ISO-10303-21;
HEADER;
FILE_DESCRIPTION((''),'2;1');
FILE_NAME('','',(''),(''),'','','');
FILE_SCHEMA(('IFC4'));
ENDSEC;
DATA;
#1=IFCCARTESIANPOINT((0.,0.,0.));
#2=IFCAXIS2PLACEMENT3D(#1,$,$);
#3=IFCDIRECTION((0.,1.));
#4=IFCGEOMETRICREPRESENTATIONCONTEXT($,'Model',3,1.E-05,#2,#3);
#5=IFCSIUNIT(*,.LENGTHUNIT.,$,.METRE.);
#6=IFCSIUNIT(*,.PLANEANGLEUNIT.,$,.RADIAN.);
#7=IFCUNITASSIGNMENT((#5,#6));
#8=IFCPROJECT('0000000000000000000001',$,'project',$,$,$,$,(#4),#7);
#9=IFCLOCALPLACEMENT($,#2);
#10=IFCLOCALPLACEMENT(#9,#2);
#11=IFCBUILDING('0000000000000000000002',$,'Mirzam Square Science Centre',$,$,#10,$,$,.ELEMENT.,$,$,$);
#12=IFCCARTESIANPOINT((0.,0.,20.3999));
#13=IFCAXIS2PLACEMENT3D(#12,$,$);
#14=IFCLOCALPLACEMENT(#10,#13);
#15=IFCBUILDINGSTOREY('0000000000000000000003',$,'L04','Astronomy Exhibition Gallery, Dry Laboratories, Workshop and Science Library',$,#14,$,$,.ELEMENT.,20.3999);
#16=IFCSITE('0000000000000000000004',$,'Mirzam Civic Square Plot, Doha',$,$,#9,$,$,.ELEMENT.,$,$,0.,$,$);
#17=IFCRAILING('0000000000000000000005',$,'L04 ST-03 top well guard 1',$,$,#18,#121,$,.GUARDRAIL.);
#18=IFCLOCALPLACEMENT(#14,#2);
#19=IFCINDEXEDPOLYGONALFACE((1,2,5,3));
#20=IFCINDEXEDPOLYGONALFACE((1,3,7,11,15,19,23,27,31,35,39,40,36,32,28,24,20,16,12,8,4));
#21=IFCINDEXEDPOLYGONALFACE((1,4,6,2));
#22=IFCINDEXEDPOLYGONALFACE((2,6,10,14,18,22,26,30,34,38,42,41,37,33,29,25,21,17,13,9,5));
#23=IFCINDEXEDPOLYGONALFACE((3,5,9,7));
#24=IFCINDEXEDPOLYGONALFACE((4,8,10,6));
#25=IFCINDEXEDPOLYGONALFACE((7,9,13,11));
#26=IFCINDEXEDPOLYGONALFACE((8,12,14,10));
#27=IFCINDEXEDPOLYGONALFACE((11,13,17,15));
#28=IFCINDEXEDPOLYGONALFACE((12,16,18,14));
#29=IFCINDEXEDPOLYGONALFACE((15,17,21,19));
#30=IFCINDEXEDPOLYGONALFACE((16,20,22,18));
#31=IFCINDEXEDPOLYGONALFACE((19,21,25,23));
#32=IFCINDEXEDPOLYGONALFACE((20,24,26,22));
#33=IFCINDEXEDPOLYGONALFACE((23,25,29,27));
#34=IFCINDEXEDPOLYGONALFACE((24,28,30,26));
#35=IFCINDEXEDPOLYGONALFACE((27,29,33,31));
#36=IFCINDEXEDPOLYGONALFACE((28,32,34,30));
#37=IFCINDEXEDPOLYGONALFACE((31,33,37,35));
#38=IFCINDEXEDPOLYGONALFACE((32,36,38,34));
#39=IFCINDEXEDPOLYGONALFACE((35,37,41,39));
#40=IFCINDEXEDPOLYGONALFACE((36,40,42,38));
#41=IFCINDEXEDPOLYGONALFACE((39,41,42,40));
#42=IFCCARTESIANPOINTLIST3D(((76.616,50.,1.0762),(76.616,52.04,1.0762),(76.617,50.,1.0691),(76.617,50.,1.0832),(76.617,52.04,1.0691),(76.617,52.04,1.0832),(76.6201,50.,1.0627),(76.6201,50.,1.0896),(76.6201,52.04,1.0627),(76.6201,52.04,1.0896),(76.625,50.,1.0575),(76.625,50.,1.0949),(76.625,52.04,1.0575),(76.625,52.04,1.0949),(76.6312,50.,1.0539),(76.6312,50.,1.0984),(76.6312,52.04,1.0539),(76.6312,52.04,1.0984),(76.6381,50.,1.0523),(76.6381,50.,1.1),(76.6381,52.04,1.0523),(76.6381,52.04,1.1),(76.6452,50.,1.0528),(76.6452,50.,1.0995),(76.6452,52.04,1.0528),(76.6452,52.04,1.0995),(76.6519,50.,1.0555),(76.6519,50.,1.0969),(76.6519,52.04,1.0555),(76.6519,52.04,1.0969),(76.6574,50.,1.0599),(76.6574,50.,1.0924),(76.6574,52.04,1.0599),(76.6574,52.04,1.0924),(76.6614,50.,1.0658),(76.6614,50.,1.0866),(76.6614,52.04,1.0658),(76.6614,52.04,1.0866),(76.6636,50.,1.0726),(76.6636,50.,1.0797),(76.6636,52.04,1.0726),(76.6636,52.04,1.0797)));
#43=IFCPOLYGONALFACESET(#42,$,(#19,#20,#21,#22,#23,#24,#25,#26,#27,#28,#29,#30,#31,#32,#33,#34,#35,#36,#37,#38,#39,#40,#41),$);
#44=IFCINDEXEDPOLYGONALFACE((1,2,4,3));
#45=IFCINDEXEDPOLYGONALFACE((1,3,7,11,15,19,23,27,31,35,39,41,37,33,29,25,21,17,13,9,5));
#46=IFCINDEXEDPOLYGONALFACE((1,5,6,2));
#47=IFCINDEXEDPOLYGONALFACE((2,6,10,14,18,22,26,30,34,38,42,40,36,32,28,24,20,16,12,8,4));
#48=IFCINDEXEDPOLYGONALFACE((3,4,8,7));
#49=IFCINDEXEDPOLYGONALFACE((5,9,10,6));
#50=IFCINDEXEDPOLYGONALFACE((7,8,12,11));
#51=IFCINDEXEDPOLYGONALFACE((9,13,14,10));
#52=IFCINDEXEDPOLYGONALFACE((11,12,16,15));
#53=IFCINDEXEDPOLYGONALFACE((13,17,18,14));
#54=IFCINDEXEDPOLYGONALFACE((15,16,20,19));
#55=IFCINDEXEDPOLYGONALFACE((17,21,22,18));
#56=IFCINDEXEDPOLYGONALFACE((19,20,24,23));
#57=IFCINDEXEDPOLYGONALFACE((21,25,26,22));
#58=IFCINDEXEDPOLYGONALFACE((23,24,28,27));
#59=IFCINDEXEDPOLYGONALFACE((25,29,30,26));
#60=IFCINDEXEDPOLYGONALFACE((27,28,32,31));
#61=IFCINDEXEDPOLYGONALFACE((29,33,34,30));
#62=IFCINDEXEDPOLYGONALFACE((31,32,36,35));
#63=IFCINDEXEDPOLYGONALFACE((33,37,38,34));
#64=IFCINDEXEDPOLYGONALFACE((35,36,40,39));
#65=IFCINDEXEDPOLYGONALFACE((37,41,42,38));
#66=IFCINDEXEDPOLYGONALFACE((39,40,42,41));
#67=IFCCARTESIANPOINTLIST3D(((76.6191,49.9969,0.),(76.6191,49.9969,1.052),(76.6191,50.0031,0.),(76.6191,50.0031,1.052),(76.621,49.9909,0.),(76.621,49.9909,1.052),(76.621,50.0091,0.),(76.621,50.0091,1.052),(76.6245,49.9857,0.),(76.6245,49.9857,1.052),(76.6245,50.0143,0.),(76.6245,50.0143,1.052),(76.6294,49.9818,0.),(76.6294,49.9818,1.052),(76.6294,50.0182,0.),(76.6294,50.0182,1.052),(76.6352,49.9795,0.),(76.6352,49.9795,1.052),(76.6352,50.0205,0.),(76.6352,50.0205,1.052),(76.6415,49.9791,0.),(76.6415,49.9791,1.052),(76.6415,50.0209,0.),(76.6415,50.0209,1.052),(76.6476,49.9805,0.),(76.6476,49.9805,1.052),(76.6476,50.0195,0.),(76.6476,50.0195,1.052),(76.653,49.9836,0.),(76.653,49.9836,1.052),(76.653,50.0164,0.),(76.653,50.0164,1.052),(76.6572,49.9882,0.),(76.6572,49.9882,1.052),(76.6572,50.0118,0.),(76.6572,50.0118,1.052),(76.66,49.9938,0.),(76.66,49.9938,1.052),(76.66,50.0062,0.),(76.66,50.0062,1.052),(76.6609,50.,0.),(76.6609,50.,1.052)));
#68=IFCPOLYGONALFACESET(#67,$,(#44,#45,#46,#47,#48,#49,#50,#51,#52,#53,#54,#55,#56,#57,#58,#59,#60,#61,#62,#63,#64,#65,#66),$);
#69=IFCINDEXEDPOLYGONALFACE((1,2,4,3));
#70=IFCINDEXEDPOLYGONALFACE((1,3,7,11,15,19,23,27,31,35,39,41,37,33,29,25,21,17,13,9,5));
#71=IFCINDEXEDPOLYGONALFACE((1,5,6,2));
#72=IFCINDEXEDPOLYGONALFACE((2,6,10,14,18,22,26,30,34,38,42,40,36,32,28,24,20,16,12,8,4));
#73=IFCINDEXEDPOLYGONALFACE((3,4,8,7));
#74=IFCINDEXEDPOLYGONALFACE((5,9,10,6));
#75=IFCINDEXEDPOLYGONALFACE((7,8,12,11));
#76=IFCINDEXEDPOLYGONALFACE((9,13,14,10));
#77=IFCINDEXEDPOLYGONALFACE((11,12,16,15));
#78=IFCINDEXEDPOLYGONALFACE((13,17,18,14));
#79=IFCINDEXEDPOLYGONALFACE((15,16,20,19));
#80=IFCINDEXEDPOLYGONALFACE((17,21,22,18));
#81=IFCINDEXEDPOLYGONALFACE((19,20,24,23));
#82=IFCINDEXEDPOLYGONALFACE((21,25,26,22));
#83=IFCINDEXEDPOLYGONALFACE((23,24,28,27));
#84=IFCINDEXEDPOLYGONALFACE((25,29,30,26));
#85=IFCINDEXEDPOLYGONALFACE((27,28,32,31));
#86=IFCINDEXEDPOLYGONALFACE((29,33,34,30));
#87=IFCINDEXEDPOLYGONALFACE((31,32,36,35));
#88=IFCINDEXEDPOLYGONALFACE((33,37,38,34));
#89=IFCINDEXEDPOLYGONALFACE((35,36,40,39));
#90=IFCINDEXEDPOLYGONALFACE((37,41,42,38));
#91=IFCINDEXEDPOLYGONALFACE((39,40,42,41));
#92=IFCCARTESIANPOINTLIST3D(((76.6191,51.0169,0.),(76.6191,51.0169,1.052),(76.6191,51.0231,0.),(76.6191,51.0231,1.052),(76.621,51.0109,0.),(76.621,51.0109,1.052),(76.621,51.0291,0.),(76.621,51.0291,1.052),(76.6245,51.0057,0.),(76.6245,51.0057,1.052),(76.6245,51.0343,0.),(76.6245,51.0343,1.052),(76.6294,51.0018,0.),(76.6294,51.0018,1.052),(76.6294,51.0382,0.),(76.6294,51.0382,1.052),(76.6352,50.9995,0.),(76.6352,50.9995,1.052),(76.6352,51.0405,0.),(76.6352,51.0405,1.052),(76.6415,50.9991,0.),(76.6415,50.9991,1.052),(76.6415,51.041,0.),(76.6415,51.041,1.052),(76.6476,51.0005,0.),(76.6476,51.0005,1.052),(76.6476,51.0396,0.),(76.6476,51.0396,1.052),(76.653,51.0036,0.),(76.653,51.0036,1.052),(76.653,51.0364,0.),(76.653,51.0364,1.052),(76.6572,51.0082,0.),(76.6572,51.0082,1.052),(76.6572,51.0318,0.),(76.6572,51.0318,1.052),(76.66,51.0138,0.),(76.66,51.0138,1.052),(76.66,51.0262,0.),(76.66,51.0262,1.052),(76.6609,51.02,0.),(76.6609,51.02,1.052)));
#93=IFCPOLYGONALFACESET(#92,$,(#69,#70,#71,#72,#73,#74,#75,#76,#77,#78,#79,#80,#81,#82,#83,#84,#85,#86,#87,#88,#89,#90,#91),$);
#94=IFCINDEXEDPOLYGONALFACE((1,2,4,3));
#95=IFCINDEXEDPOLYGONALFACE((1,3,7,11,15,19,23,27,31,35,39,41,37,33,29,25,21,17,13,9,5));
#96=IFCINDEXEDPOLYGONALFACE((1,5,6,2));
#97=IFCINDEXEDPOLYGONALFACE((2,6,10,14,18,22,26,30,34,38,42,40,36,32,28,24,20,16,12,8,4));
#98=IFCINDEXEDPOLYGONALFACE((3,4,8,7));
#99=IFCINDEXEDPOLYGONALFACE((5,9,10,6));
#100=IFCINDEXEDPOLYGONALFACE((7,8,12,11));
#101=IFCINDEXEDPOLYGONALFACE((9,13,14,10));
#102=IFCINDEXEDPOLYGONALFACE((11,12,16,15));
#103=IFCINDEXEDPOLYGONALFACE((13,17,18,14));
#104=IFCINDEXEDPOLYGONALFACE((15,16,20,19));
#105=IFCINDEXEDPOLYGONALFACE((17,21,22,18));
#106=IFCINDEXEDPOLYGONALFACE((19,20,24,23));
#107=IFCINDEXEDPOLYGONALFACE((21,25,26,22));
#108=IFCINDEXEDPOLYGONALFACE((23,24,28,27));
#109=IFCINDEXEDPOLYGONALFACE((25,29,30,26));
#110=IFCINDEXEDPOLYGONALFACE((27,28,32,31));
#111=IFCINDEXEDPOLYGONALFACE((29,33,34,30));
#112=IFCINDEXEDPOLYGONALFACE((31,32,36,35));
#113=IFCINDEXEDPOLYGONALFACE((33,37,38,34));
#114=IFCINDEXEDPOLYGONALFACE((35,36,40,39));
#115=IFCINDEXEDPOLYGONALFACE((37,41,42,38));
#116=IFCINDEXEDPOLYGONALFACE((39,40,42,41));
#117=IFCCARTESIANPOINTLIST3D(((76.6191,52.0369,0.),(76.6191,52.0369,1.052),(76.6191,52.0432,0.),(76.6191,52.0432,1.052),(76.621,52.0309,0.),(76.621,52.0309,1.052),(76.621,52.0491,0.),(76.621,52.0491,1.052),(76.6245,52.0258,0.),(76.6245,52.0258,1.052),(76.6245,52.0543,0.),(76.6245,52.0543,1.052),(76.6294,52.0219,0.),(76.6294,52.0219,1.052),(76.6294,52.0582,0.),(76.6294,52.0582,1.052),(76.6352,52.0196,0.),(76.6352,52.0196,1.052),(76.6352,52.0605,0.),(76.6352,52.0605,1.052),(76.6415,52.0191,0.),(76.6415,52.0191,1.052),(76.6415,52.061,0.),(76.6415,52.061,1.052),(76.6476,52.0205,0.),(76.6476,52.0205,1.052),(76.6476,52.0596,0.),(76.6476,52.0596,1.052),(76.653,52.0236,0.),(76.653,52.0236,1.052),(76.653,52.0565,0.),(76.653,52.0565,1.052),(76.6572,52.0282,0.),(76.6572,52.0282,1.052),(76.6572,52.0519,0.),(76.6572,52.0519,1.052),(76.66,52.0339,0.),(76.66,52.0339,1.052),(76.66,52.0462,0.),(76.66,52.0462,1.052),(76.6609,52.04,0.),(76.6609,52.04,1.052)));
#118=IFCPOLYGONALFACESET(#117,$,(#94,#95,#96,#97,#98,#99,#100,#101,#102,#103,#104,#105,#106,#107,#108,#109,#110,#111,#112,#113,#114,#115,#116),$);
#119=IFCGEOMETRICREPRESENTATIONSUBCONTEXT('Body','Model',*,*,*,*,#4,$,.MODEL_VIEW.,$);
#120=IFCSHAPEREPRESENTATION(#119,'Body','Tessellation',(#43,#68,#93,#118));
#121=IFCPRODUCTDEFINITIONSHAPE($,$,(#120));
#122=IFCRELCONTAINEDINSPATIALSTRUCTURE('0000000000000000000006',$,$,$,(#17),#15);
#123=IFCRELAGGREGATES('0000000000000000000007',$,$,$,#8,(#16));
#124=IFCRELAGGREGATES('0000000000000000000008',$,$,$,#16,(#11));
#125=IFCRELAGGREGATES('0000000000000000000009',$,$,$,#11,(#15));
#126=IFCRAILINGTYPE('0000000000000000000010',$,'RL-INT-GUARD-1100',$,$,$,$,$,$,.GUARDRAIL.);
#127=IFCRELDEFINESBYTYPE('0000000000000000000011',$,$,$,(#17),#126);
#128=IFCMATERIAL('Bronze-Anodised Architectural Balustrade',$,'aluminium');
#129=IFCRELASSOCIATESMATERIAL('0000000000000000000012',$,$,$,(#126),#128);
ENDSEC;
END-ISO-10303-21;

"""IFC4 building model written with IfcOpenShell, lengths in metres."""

from ifc_helpers import new_model, si_unit, direction, frame, origin, origin_2d, place, context, subcontext, project, spatial, circle, extrude, material, type_object, element, save


model = new_model("IFC4")

# Units and contexts
model_context = context("Model", 3, precision=1e-05, world=origin(), true_north=direction((0.0, 1.0)))
body_context = subcontext(model_context, "Body", "Model", "MODEL_VIEW")
ifc_project = project(units=[si_unit("LENGTHUNIT", "METRE"), si_unit("PLANEANGLEUNIT", "RADIAN")], contexts=[model_context])

# Site, building, storey
site_placement = place(None, origin())
site = spatial("IfcSite", under=ifc_project, at=site_placement, Name="Mirzam Civic Square Plot, Doha", CompositionType="ELEMENT", RefElevation=0.0)
building_placement = place(site_placement, origin())
building = spatial("IfcBuilding", under=site, at=building_placement, Name="Mirzam Square Science Centre", CompositionType="ELEMENT")
storey_placement = place(building_placement, frame((0.0, 0.0, 20.3999)))
storey = spatial("IfcBuildingStorey", under=building, at=storey_placement, Name="L04", Description="Astronomy Exhibition Gallery, Dry Laboratories, Workshop and Science Library", CompositionType="ELEMENT", Elevation=20.3999)

# Railing
ifc_material_1 = material(Name="Bronze-Anodised Architectural Balustrade", Category="aluminium")
railing_type = type_object("IfcRailingType", Name="RL-INT-GUARD-1100", PredefinedType="GUARDRAIL", material=ifc_material_1)
railing_placement = place(storey_placement, frame((76.6399, 50.0, 0.0)))
element("IfcRailing", 1, at=railing_placement, inside=storey, type_object=railing_type, Name="L04 ST-03 top well guard 1", PredefinedType="GUARDRAIL", context=body_context, shape_type="SweptSolid", body=[
    extrude(circle(Radius=0.0239, at=origin_2d()), frame((0.0, 0.0, 1.0762), z_axis=(0.0, 1.0, 0.0), x_axis=(-1.0, 0.0, 0.0)), (0.0, 0.0, 1.0), 2.04),
    extrude(circle(Radius=0.021, at=origin_2d()), origin(), (0.0, 0.0, 1.0), 1.052),
    extrude(circle(Radius=0.021, at=origin_2d()), frame((0.0, 1.02, 0.0)), (0.0, 0.0, 1.0), 1.052),
    extrude(circle(Radius=0.021, at=origin_2d()), frame((0.0, 2.04, 0.0)), (0.0, 0.0, 1.0), 1.052),
])

save(model, "model.ifc")
